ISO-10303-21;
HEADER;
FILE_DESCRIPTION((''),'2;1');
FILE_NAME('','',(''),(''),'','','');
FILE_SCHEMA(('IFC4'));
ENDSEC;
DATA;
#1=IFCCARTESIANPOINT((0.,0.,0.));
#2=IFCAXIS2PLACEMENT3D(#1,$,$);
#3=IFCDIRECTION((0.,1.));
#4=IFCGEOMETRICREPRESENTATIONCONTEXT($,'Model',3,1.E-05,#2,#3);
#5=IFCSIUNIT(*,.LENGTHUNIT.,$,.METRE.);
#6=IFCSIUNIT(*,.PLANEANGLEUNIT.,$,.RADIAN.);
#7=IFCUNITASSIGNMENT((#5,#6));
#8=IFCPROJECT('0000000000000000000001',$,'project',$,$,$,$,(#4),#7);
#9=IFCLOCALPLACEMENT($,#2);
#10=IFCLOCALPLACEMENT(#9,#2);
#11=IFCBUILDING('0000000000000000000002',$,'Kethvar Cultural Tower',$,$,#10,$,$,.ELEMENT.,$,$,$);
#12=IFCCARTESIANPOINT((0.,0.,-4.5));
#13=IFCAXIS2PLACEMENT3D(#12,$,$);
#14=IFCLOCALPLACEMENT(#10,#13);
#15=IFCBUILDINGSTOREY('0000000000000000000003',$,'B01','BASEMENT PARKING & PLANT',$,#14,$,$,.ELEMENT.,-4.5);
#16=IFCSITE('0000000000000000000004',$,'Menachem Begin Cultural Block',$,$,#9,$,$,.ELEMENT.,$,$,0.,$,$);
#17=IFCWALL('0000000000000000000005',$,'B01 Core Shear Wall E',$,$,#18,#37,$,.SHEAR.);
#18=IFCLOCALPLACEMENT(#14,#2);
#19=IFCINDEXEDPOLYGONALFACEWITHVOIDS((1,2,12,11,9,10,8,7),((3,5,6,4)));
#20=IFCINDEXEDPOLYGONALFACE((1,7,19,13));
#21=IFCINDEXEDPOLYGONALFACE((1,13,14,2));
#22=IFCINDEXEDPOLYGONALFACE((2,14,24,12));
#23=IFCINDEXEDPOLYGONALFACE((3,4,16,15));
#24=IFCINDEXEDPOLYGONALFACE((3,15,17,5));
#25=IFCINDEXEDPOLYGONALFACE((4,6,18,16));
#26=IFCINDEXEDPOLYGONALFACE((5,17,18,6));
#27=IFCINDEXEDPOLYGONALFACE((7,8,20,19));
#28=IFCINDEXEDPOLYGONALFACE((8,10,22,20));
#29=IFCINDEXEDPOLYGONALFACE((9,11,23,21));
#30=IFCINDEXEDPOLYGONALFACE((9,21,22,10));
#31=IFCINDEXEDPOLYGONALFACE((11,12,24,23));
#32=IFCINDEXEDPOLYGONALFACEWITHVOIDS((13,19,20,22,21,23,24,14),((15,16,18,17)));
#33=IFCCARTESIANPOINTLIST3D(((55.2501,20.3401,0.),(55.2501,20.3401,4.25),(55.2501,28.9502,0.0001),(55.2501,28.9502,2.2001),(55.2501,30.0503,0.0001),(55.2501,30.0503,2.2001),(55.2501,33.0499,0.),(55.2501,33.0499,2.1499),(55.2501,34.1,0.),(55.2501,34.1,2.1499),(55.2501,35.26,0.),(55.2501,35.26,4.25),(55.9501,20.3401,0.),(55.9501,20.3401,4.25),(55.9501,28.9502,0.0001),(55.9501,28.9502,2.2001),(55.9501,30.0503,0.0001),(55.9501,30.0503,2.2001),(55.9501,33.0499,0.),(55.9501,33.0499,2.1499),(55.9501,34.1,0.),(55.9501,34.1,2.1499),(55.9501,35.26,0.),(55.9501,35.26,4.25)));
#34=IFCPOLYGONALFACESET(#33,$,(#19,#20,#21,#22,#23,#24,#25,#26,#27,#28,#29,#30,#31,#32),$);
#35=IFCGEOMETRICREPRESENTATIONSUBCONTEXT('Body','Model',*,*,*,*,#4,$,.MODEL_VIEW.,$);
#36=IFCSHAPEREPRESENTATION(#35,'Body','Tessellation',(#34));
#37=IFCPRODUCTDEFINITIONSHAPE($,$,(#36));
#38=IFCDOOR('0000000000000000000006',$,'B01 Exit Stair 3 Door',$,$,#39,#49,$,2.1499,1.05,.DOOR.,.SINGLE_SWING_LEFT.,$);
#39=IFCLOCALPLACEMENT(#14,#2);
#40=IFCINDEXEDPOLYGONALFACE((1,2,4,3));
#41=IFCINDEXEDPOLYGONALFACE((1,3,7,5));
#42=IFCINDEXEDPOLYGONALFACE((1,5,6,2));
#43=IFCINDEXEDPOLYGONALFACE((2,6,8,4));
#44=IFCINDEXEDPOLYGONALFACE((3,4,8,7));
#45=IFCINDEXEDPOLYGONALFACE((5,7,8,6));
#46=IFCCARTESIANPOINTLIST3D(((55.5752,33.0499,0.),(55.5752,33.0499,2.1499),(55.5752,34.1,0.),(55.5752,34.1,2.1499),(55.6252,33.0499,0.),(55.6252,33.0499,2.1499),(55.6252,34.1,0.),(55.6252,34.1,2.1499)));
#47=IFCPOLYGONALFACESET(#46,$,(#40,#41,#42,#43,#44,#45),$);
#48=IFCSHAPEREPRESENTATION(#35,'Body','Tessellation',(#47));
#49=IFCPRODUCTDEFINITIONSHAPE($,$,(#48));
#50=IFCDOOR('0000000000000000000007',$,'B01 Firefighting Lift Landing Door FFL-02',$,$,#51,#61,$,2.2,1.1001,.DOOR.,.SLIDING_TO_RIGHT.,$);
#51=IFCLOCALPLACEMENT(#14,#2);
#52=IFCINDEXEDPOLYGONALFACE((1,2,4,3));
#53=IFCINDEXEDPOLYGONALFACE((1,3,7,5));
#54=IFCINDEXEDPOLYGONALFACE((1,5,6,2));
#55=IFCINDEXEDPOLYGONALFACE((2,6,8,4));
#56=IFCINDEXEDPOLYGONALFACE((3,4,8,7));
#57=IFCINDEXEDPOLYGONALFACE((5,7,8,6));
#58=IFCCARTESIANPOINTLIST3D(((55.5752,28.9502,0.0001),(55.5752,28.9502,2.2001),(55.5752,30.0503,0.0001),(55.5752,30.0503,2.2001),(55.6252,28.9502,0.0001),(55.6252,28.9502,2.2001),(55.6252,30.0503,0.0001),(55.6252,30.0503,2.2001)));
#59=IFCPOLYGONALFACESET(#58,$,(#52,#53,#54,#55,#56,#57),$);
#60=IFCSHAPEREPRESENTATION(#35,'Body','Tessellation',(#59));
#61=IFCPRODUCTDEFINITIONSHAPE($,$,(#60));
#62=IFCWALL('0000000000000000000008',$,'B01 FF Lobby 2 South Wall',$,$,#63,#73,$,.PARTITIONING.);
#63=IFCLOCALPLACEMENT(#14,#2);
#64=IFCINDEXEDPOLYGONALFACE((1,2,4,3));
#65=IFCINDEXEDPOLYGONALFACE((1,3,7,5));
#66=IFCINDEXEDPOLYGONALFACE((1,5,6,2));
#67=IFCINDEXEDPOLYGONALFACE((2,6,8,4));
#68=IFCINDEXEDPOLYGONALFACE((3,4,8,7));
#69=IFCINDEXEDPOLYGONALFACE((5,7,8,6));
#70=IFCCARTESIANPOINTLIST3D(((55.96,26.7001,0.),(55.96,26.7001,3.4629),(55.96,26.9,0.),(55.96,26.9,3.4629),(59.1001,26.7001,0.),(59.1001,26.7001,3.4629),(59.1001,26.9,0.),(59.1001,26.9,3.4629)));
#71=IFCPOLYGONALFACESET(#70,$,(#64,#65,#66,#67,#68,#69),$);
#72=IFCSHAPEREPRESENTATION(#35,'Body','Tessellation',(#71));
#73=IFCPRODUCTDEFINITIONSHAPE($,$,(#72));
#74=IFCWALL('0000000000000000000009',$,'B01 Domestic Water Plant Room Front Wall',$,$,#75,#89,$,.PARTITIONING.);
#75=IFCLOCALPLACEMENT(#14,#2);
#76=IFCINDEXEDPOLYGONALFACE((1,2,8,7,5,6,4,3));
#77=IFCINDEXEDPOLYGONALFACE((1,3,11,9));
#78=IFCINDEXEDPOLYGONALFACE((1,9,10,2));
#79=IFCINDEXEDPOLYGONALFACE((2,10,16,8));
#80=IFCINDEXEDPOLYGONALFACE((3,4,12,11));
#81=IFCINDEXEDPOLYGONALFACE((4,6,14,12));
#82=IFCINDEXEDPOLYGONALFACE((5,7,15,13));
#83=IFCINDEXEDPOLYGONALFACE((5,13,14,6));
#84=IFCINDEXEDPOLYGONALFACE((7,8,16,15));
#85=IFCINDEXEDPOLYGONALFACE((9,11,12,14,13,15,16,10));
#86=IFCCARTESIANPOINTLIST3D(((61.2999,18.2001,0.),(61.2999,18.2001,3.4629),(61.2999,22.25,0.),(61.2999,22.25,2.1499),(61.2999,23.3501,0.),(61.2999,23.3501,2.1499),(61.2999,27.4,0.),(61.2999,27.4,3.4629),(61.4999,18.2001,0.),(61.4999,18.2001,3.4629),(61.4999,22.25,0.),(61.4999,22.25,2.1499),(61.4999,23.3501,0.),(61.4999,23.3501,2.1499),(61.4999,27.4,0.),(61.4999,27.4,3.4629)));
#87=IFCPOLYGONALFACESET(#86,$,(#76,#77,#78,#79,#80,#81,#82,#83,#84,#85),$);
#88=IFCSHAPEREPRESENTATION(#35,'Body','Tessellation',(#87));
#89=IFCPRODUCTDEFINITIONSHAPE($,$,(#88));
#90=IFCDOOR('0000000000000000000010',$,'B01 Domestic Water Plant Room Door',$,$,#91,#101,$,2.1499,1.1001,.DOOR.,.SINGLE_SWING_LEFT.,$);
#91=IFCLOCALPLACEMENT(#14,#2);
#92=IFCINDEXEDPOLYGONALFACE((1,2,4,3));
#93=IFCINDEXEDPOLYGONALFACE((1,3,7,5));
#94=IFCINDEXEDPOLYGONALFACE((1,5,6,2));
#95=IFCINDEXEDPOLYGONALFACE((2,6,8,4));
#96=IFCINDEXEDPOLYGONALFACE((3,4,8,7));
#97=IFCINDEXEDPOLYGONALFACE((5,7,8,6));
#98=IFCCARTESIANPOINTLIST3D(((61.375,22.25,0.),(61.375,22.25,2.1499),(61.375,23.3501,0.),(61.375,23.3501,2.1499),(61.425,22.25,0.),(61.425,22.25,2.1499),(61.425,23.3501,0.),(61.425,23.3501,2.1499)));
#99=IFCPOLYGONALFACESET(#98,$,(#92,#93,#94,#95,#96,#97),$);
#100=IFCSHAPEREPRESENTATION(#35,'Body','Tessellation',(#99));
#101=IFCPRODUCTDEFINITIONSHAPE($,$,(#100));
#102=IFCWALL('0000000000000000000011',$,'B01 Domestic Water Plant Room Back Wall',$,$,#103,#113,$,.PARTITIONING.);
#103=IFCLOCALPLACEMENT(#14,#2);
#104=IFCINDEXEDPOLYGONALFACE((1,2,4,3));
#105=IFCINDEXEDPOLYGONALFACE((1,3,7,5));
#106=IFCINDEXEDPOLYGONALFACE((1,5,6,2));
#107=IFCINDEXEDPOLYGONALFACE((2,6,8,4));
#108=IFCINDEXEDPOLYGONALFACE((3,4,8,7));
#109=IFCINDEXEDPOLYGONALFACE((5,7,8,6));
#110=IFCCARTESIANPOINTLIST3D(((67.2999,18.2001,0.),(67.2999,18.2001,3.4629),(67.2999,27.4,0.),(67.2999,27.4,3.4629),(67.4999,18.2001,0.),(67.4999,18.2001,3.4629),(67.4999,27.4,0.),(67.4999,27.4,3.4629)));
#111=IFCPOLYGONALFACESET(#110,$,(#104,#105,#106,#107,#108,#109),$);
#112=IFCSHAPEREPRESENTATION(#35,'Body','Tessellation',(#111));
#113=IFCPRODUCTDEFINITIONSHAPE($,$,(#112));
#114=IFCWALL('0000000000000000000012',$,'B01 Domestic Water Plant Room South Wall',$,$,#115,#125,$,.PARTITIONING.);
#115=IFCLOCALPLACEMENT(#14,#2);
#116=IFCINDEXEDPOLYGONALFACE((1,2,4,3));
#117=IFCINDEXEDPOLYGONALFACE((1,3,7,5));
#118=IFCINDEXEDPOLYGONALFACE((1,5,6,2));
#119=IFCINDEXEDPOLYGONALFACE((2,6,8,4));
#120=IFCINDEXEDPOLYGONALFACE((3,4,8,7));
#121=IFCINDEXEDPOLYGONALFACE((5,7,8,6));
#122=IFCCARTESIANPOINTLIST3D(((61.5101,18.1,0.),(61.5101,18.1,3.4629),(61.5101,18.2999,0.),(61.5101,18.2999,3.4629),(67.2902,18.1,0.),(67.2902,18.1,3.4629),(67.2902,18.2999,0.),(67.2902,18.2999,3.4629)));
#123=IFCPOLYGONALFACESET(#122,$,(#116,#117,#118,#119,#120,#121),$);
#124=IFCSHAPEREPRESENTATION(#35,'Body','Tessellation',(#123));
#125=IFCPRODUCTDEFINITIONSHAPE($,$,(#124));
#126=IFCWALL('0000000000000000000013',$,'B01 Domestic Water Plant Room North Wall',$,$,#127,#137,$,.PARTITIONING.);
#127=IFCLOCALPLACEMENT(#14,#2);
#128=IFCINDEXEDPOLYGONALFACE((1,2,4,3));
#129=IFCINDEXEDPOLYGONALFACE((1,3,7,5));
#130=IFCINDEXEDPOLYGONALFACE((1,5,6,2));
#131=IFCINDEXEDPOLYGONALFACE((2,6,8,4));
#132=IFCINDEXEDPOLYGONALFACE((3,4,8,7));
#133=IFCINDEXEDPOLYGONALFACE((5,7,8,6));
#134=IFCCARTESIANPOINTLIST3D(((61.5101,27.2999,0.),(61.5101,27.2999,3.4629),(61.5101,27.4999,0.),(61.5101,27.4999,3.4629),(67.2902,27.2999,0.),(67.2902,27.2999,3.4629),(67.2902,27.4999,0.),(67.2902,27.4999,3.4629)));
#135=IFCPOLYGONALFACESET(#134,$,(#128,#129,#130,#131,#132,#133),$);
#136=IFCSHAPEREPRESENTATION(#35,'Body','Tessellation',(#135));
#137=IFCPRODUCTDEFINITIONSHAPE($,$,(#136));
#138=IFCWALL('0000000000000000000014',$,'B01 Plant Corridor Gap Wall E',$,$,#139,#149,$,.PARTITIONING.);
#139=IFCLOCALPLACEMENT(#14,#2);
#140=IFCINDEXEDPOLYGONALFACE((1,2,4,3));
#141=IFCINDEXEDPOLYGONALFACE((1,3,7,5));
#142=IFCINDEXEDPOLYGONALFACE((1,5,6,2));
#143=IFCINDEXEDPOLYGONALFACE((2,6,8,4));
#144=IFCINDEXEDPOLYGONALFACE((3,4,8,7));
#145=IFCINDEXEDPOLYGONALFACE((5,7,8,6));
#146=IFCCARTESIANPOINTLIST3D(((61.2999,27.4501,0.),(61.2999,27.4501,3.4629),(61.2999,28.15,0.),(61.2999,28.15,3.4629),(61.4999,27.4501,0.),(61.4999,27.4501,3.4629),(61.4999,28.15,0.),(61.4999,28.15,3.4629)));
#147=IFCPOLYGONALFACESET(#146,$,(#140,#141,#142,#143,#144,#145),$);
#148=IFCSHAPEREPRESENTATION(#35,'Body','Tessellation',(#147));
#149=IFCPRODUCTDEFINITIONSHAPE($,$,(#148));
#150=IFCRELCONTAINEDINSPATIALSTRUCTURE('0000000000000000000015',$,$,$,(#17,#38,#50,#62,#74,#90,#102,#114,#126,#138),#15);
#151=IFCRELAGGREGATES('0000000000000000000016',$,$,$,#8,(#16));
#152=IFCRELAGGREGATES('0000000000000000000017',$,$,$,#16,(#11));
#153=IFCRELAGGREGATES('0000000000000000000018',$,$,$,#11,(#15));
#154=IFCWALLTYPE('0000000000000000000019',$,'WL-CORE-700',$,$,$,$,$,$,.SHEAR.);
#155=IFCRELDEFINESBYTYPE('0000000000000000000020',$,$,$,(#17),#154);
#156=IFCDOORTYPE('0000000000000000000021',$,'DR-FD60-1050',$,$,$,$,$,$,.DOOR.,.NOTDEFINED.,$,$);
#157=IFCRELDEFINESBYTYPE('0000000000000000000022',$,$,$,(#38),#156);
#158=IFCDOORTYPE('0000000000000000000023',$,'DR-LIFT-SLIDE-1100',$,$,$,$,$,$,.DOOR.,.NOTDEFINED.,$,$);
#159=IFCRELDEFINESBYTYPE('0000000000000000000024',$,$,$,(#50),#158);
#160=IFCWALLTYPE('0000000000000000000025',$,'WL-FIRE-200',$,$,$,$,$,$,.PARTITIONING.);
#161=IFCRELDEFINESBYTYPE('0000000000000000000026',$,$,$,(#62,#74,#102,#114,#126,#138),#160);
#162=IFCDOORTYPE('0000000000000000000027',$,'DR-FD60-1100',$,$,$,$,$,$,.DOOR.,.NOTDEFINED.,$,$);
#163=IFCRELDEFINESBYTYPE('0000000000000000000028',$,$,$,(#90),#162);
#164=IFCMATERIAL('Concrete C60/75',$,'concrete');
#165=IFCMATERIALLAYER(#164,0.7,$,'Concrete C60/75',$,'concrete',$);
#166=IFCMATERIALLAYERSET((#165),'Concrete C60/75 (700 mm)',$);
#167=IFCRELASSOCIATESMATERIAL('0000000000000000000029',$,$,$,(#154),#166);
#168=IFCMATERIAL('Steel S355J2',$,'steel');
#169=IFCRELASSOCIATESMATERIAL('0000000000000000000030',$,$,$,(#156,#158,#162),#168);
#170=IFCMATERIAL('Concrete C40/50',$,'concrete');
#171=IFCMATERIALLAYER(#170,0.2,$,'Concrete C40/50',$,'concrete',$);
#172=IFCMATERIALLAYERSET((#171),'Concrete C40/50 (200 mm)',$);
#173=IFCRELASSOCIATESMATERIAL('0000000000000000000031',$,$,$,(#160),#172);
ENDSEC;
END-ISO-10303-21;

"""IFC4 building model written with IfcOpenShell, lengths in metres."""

from ifc_helpers import new_model, si_unit, direction, frame, frame_2d, origin, place, context, subcontext, project, spatial, rectangle, extrude, source, transform, mapped, material, layer, layer_set, type_object, element, fill, save


model = new_model("IFC4")

# Units and contexts
model_context = context("Model", 3, precision=1e-05, world=origin(), true_north=direction((0.0, 1.0)))
body_context = subcontext(model_context, "Body", "Model", "MODEL_VIEW")
ifc_project = project(units=[si_unit("LENGTHUNIT", "METRE"), si_unit("PLANEANGLEUNIT", "RADIAN")], contexts=[model_context])

# Site, building, storey
site_placement = place(None, origin())
site = spatial("IfcSite", under=ifc_project, at=site_placement, Name="Menachem Begin Cultural Block", CompositionType="ELEMENT", RefElevation=0.0)
building_placement = place(site_placement, origin())
building = spatial("IfcBuilding", under=site, at=building_placement, Name="Kethvar Cultural Tower", CompositionType="ELEMENT")
storey_placement = place(building_placement, frame((0.0, 0.0, -4.5)))
storey = spatial("IfcBuildingStorey", under=building, at=storey_placement, Name="B01", Description="BASEMENT PARKING & PLANT", CompositionType="ELEMENT", Elevation=-4.5)

# Shared definitions
ifc_material_1 = material(Name="Steel S355J2", Category="steel")

# Wall, openings, doors
ifc_material_2 = material(Name="Concrete C60/75", Category="concrete")
ifc_layer_1 = layer(ifc_material_2, 0.7, Name="Concrete C60/75", Category="concrete")
ifc_layer_set_1 = layer_set([ifc_layer_1], Name="Concrete C60/75 (700 mm)")
wall_type_1 = type_object("IfcWallType", Name="WL-CORE-700", PredefinedType="SHEAR", material=ifc_layer_set_1)
wall_1_placement = place(storey_placement, frame((55.6001, 20.3401, 0.0), z_axis=(0.0, 0.0, 1.0), x_axis=(0.0, 1.0, 0.0)))
wall_1 = element("IfcWall", 1, at=wall_1_placement, inside=storey, type_object=wall_type_1, Name="B01 Core Shear Wall E", PredefinedType="SHEAR", context=body_context, shape_type="SweptSolid", body=[
    extrude(rectangle(XDim=14.9199, YDim=0.7, at=frame_2d((7.46, 0.0))), origin(), (0.0, 0.0, 1.0), 4.25),
])
opening_1_placement = place(wall_1_placement, frame((12.71, 0.0, 0.0)))
opening_1 = element("IfcOpeningElement", 2, at=opening_1_placement, cuts=wall_1, PredefinedType="OPENING", context=body_context, shape_type="SweptSolid", body=[
    extrude(rectangle(XDim=1.05, YDim=2.1499, at=frame_2d((0.5249, 1.075))), frame((0.0, 0.3599, 0.0), z_axis=(0.0, -1.0, 0.0), x_axis=(1.0, 0.0, 0.0)), (0.0, 0.0, 1.0), 0.72),
])
opening_2_placement = place(wall_1_placement, frame((8.6101, 0.0, 0.0)))
opening_2 = element("IfcOpeningElement", 3, at=opening_2_placement, cuts=wall_1, PredefinedType="OPENING", context=body_context, shape_type="SweptSolid", body=[
    extrude(rectangle(XDim=1.1001, YDim=2.2, at=frame_2d((0.55, 1.1001))), frame((0.0, 0.3599, 0.0), z_axis=(0.0, -1.0, 0.0), x_axis=(1.0, 0.0, 0.0)), (0.0, 0.0, 1.0), 0.72),
])
door_type_1 = type_object("IfcDoorType", Name="DR-FD60-1050", OperationType="NOTDEFINED", PredefinedType="DOOR", material=ifc_material_1)
shared_shape_1 = source(origin(), body_context, "Body", "SweptSolid", [
    extrude(rectangle(XDim=1.05, YDim=2.1499, at=frame_2d((0.5249, 1.075))), frame((0.0, 0.0249, 0.0), z_axis=(0.0, -1.0, 0.0), x_axis=(1.0, 0.0, 0.0)), (0.0, 0.0, 1.0), 0.05),
])
door_1_placement = place(opening_1_placement, origin())
door_1 = element("IfcDoor", 4, at=door_1_placement, inside=storey, type_object=door_type_1, Name="B01 Exit Stair 3 Door", OperationType="SINGLE_SWING_LEFT", OverallHeight=2.1499, OverallWidth=1.05, PredefinedType="DOOR", context=body_context, shape_type="MappedRepresentation", body=[
    mapped(shared_shape_1, transform((0.0, 0.0, 0.0), scale=1.0)),
])
fill(opening_1, door_1)
door_type_2 = type_object("IfcDoorType", Name="DR-LIFT-SLIDE-1100", OperationType="NOTDEFINED", PredefinedType="DOOR", material=ifc_material_1)
shared_shape_2 = source(origin(), body_context, "Body", "SweptSolid", [
    extrude(rectangle(XDim=1.1001, YDim=2.2, at=frame_2d((0.55, 1.1001))), frame((0.0, 0.0249, 0.0), z_axis=(0.0, -1.0, 0.0), x_axis=(1.0, 0.0, 0.0)), (0.0, 0.0, 1.0), 0.05),
])
door_2_placement = place(opening_2_placement, origin())
door_2 = element("IfcDoor", 5, at=door_2_placement, inside=storey, type_object=door_type_2, Name="B01 Firefighting Lift Landing Door FFL-02", OperationType="SLIDING_TO_RIGHT", OverallHeight=2.2, OverallWidth=1.1001, PredefinedType="DOOR", context=body_context, shape_type="MappedRepresentation", body=[
    mapped(shared_shape_2, transform((0.0, 0.0, 0.0), scale=1.0)),
])
fill(opening_2, door_2)

# Shared definitions
ifc_material_3 = material(Name="Concrete C40/50", Category="concrete")
ifc_layer_2 = layer(ifc_material_3, 0.2, Name="Concrete C40/50", Category="concrete")
ifc_layer_set_2 = layer_set([ifc_layer_2], Name="Concrete C40/50 (200 mm)")
wall_type_2 = type_object("IfcWallType", Name="WL-FIRE-200", PredefinedType="PARTITIONING", material=ifc_layer_set_2)

# Wall
wall_2_placement = place(storey_placement, frame((55.96, 26.8, 0.0), z_axis=(0.0, 0.0, 1.0), x_axis=(1.0, 0.0, 0.0)))
element("IfcWall", 6, at=wall_2_placement, inside=storey, type_object=wall_type_2, Name="B01 FF Lobby 2 South Wall", PredefinedType="PARTITIONING", context=body_context, shape_type="SweptSolid", body=[
    extrude(rectangle(XDim=3.1401, YDim=0.2, at=frame_2d((1.5701, 0.0))), origin(), (0.0, 0.0, 1.0), 3.4629),
])

# Wall, opening, door
wall_3_placement = place(storey_placement, frame((61.3999, 18.2, 0.0), z_axis=(0.0, 0.0, 1.0), x_axis=(0.0, 1.0, 0.0)))
wall_3 = element("IfcWall", 7, at=wall_3_placement, inside=storey, type_object=wall_type_2, Name="B01 Domestic Water Plant Room Front Wall", PredefinedType="PARTITIONING", context=body_context, shape_type="SweptSolid", body=[
    extrude(rectangle(XDim=9.2, YDim=0.2, at=frame_2d((4.6001, 0.0))), origin(), (0.0, 0.0, 1.0), 3.4629),
])
opening_3_placement = place(wall_3_placement, frame((4.05, 0.0, 0.0)))
opening_3 = element("IfcOpeningElement", 8, at=opening_3_placement, cuts=wall_3, PredefinedType="OPENING", context=body_context, shape_type="SweptSolid", body=[
    extrude(rectangle(XDim=1.1001, YDim=2.1499, at=frame_2d((0.55, 1.075))), frame((0.0, 0.1099, 0.0), z_axis=(0.0, -1.0, 0.0), x_axis=(1.0, 0.0, 0.0)), (0.0, 0.0, 1.0), 0.22),
])
door_type_3 = type_object("IfcDoorType", Name="DR-FD60-1100", OperationType="NOTDEFINED", PredefinedType="DOOR", material=ifc_material_1)
shared_shape_3 = source(origin(), body_context, "Body", "SweptSolid", [
    extrude(rectangle(XDim=1.1001, YDim=2.1499, at=frame_2d((0.55, 1.075))), frame((0.0, 0.0249, 0.0), z_axis=(0.0, -1.0, 0.0), x_axis=(1.0, 0.0, 0.0)), (0.0, 0.0, 1.0), 0.05),
])
door_3_placement = place(opening_3_placement, origin())
door_3 = element("IfcDoor", 9, at=door_3_placement, inside=storey, type_object=door_type_3, Name="B01 Domestic Water Plant Room Door", OperationType="SINGLE_SWING_LEFT", OverallHeight=2.1499, OverallWidth=1.1001, PredefinedType="DOOR", context=body_context, shape_type="MappedRepresentation", body=[
    mapped(shared_shape_3, transform((0.0, 0.0, 0.0), scale=1.0)),
])
fill(opening_3, door_3)

# Walls
wall_4_placement = place(storey_placement, frame((67.3999, 18.2, 0.0), z_axis=(0.0, 0.0, 1.0), x_axis=(0.0, 1.0, 0.0)))
element("IfcWall", 10, at=wall_4_placement, inside=storey, type_object=wall_type_2, Name="B01 Domestic Water Plant Room Back Wall", PredefinedType="PARTITIONING", context=body_context, shape_type="SweptSolid", body=[
    extrude(rectangle(XDim=9.2, YDim=0.2, at=frame_2d((4.6001, 0.0))), origin(), (0.0, 0.0, 1.0), 3.4629),
])
for number, where, z_axis, x_axis, name in (
    (11, (61.51, 18.2, 0.0), (0.0, 0.0, 1.0), (1.0, 0.0, 0.0), "B01 Domestic Water Plant Room South Wall"),
    (12, (61.51, 27.3999, 0.0), (0.0, 0.0, 1.0), (1.0, 0.0, 0.0), "B01 Domestic Water Plant Room North Wall"),
):
    element("IfcWall", number, at=place(storey_placement, frame(where, z_axis=z_axis, x_axis=x_axis)), inside=storey, type_object=wall_type_2, Name=name, PredefinedType="PARTITIONING", context=body_context, shape_type="SweptSolid", body=[
        extrude(rectangle(XDim=5.78, YDim=0.2, at=frame_2d((2.8901, 0.0))), origin(), (0.0, 0.0, 1.0), 3.4629),
    ])
wall_5_placement = place(storey_placement, frame((61.3999, 27.45, 0.0), z_axis=(0.0, 0.0, 1.0), x_axis=(0.0, 1.0, 0.0)))
element("IfcWall", 13, at=wall_5_placement, inside=storey, type_object=wall_type_2, Name="B01 Plant Corridor Gap Wall E", PredefinedType="PARTITIONING", context=body_context, shape_type="SweptSolid", body=[
    extrude(rectangle(XDim=0.7, YDim=0.2, at=frame_2d((0.3501, 0.0))), origin(), (0.0, 0.0, 1.0), 3.4629),
])

save(model, "model.ifc")
